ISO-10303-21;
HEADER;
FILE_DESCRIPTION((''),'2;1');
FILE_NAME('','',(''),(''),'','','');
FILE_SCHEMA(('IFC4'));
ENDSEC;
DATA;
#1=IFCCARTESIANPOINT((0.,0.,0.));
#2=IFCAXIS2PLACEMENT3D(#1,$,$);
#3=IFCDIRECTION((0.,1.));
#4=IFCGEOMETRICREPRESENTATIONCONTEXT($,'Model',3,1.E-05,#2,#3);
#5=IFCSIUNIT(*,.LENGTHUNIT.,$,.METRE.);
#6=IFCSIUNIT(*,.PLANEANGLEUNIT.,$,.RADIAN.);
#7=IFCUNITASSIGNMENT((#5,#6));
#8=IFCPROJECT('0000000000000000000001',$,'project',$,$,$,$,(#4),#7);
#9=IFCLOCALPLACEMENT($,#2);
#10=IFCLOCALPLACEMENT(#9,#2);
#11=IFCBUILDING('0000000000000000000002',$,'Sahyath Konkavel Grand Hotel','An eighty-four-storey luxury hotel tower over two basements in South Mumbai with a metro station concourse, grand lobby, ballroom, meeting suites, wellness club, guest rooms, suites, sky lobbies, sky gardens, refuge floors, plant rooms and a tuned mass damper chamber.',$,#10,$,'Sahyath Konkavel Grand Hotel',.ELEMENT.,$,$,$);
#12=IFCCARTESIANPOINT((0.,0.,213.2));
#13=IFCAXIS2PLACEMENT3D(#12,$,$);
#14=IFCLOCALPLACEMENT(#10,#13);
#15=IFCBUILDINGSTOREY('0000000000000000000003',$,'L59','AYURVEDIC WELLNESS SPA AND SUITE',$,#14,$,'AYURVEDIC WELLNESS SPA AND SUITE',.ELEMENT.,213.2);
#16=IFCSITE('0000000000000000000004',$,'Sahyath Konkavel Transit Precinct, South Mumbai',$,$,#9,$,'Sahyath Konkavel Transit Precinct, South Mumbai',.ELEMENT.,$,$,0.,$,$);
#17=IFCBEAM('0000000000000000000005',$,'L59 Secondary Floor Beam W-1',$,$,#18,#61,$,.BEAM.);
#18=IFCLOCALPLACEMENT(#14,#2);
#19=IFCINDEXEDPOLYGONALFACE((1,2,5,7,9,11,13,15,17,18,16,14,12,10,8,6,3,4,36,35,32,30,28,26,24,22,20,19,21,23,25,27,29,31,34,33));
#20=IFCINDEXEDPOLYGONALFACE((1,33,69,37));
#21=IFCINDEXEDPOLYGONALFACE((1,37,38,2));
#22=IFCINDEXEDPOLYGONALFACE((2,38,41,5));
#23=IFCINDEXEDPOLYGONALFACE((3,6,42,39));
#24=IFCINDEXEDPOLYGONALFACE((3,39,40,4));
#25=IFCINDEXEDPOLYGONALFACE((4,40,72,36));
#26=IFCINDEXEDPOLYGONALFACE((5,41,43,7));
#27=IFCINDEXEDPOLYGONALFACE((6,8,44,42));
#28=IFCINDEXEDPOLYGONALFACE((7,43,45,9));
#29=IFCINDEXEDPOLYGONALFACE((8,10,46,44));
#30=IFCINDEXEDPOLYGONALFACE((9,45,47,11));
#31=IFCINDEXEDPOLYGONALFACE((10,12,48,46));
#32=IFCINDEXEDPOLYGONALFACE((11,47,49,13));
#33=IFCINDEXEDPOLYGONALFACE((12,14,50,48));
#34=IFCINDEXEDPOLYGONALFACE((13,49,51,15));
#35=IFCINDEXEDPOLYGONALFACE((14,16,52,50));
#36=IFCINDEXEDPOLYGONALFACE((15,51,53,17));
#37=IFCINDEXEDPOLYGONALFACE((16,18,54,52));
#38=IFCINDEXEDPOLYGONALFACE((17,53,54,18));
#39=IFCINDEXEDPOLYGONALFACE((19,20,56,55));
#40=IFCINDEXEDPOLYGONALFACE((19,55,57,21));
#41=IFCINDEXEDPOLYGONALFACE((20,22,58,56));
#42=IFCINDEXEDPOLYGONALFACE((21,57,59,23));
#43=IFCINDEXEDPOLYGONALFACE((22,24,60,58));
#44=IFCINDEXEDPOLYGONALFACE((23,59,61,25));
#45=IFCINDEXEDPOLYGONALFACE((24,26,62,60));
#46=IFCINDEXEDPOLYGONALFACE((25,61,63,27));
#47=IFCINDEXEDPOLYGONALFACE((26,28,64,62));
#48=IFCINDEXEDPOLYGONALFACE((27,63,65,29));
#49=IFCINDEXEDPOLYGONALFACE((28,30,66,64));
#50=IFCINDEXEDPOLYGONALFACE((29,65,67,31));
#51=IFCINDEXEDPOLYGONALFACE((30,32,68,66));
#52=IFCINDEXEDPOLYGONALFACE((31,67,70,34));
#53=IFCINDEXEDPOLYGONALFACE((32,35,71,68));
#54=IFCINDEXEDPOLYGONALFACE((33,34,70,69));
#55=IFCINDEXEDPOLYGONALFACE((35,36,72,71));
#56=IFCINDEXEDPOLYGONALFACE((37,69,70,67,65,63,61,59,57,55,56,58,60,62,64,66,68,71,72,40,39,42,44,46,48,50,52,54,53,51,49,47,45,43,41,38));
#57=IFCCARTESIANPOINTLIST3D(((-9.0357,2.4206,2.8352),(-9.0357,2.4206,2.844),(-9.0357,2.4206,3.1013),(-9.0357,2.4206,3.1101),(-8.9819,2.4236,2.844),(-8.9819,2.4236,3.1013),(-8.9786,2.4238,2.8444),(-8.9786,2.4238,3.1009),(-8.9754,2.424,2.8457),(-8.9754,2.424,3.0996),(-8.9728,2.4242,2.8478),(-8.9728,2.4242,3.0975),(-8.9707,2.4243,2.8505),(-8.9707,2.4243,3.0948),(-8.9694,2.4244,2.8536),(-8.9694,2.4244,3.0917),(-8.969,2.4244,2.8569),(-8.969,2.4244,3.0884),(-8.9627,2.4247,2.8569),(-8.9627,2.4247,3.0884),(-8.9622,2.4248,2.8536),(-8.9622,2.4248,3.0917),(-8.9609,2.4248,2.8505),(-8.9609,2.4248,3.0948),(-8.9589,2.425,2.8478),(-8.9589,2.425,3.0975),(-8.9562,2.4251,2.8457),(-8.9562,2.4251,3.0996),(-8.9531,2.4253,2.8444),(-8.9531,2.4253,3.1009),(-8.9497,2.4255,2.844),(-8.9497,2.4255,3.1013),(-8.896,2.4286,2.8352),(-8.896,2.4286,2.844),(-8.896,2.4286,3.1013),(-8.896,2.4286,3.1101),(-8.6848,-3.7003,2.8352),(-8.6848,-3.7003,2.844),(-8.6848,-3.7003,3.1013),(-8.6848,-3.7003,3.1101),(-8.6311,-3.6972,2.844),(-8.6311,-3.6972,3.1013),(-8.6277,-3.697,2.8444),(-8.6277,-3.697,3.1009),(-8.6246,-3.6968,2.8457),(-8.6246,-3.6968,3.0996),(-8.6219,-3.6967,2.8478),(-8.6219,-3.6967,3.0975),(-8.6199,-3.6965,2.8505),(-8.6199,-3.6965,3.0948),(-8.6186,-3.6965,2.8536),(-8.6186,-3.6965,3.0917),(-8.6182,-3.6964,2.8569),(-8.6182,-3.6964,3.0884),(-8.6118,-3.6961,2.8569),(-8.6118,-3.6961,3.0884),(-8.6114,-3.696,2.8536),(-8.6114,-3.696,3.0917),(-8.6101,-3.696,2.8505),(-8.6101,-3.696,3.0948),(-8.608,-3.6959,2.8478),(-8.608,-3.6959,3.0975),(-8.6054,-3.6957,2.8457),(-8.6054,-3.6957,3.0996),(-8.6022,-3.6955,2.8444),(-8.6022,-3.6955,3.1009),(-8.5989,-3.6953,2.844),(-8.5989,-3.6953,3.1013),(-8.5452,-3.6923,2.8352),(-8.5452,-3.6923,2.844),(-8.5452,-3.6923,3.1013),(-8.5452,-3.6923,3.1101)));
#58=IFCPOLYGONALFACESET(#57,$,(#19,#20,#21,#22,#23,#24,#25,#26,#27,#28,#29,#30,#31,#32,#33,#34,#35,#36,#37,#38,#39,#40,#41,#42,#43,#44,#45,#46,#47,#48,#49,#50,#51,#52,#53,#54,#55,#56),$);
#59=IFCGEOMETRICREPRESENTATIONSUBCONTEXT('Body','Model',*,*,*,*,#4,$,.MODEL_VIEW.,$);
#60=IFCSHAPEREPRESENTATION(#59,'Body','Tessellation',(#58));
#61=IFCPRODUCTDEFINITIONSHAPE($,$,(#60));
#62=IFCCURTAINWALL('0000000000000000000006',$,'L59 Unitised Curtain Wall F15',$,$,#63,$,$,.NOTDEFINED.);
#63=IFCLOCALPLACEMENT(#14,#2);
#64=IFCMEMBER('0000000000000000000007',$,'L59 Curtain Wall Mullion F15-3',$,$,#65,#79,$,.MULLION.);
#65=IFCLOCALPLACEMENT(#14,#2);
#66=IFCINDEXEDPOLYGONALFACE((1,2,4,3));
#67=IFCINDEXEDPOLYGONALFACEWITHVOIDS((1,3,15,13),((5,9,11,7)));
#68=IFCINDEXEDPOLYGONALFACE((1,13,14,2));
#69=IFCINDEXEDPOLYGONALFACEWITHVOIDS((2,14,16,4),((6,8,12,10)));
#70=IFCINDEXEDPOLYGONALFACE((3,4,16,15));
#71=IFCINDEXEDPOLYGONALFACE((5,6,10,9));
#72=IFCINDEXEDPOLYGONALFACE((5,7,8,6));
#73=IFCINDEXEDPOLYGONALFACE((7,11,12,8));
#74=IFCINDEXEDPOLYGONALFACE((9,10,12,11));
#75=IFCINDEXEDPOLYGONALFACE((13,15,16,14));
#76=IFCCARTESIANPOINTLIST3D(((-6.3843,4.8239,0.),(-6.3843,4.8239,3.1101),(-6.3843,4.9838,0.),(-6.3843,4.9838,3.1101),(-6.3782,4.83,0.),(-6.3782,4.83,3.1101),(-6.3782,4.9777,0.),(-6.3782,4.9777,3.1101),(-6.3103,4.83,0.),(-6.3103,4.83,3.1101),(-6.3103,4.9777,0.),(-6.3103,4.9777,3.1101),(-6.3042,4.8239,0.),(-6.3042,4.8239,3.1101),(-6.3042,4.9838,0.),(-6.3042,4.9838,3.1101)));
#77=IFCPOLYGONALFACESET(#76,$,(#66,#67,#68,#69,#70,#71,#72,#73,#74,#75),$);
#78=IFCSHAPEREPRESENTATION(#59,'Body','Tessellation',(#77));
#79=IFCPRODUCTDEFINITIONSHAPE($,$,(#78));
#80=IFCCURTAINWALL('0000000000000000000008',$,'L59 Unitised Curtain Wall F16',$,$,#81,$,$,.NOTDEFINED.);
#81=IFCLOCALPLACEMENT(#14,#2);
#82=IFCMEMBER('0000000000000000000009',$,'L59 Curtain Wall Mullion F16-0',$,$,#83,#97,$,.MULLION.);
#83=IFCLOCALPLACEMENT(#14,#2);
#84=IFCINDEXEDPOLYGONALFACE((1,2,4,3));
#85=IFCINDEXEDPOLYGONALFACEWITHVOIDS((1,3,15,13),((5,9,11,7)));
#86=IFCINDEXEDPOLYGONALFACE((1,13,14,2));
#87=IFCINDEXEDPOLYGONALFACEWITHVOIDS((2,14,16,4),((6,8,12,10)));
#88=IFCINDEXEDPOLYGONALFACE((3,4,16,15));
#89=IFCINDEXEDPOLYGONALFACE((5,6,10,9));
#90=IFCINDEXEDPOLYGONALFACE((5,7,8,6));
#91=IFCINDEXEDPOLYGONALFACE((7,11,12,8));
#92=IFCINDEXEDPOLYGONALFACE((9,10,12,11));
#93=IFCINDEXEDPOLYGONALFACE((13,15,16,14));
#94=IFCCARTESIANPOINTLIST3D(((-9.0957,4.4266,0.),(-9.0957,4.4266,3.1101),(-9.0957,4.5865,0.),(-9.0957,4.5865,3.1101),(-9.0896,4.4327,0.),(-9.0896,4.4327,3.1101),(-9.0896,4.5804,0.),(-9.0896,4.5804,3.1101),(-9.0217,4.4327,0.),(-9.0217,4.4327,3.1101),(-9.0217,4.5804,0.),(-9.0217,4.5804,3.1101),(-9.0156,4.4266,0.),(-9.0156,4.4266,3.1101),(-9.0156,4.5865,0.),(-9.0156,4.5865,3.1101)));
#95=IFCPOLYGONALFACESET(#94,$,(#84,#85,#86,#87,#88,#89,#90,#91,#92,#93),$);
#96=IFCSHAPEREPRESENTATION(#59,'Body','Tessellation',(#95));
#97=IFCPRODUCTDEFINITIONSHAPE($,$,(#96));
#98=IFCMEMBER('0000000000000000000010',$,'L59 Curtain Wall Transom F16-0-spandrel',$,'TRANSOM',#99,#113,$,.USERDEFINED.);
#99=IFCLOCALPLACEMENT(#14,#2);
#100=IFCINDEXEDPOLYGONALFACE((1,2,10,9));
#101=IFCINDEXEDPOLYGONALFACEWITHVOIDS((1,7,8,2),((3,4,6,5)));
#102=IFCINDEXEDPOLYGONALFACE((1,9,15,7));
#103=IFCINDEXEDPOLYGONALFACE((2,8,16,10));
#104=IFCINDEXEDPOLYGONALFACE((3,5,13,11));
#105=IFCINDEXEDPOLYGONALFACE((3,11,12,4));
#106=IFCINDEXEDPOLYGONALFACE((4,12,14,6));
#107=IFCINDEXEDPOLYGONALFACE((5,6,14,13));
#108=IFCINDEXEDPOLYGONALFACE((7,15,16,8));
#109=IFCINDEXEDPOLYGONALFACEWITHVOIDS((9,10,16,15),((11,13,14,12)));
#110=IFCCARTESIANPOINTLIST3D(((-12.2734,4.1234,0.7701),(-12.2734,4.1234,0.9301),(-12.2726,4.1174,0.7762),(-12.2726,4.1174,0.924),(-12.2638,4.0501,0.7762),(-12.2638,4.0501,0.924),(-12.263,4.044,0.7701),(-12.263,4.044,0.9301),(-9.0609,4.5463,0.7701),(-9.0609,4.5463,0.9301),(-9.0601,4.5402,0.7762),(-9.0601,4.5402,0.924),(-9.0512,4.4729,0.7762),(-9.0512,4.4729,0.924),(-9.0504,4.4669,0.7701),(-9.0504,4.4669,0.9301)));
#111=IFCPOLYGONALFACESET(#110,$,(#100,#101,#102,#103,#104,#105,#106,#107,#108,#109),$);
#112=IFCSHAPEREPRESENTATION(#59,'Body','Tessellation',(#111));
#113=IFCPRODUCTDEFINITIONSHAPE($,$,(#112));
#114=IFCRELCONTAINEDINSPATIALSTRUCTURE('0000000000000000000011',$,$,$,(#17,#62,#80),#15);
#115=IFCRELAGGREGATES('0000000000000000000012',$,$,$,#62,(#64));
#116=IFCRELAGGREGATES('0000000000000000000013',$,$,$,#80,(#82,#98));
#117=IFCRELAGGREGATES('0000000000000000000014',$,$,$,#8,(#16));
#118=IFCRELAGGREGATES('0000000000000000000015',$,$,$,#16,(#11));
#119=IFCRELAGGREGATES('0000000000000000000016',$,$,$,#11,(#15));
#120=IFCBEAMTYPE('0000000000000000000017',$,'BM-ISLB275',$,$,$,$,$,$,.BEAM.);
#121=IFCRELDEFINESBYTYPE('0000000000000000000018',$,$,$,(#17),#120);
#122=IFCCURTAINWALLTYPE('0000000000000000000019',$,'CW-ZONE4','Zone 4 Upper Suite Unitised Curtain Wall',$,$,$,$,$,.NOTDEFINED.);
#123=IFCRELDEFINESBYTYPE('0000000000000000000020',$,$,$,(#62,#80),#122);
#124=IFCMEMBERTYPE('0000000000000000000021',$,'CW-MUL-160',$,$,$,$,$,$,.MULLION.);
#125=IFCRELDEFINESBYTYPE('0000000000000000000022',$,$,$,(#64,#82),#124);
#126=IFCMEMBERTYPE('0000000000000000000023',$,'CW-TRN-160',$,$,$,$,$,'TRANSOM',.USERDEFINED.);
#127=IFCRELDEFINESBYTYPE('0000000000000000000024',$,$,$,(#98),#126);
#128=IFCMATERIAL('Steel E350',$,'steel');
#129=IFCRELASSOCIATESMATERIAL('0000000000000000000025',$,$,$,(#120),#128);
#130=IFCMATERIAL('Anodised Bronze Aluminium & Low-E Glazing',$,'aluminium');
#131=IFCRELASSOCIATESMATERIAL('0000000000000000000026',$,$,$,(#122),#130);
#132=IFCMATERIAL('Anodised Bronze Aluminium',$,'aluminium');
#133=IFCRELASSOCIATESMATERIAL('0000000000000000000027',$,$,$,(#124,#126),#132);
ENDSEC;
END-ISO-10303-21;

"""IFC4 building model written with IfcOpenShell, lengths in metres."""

from ifc_helpers import new_model, si_unit, direction, frame, origin, origin_2d, place, context, subcontext, project, spatial, hollow_rectangle, i_section, extrude, source, transform, mapped, material, material_profile, profile_set, type_object, element, aggregate, save


model = new_model("IFC4")

# Units and contexts
model_context = context("Model", 3, precision=1e-05, world=origin(), true_north=direction((0.0, 1.0)))
body_context = subcontext(model_context, "Body", "Model", "MODEL_VIEW")
ifc_project = project(units=[si_unit("LENGTHUNIT", "METRE"), si_unit("PLANEANGLEUNIT", "RADIAN")], contexts=[model_context])

# Site, building, storey
site_placement = place(None, origin())
site = spatial("IfcSite", under=ifc_project, at=site_placement, Name="Sahyath Konkavel Transit Precinct, South Mumbai", LongName="Sahyath Konkavel Transit Precinct, South Mumbai", CompositionType="ELEMENT", RefElevation=0.0)
building_placement = place(site_placement, origin())
building = spatial("IfcBuilding", under=site, at=building_placement, Name="Sahyath Konkavel Grand Hotel", Description="An eighty-four-storey luxury hotel tower over two basements in South Mumbai with a metro station concourse, grand lobby, ballroom, meeting suites, wellness club, guest rooms, suites, sky lobbies, sky gardens, refuge floors, plant rooms and a tuned mass damper chamber.", LongName="Sahyath Konkavel Grand Hotel", CompositionType="ELEMENT")
storey_placement = place(building_placement, frame((0.0, 0.0, 213.2)))
storey = spatial("IfcBuildingStorey", under=building, at=storey_placement, Name="L59", Description="AYURVEDIC WELLNESS SPA AND SUITE", LongName="AYURVEDIC WELLNESS SPA AND SUITE", CompositionType="ELEMENT", Elevation=213.2)

# Beam
ifc_material_1 = material(Name="Steel E350", Category="steel")
ifc_material_profile_1 = material_profile(ifc_material_1, i_section(OverallWidth=0.1399, OverallDepth=0.2749, WebThickness=0.0063, FlangeThickness=0.0088, FilletRadius=0.0129, at=origin_2d()), Name="ISLB 275")
ifc_profile_set_1 = profile_set([ifc_material_profile_1], Name="Steel E350")
beam_type_1 = type_object("IfcBeamType", Name="BM-ISLB275", PredefinedType="BEAM", material=ifc_profile_set_1)
shared_shape_1 = source(origin(), body_context, "Body", "SweptSolid", [
    extrude(i_section(OverallWidth=0.1399, OverallDepth=0.2749, WebThickness=0.0063, FlangeThickness=0.0088, FilletRadius=0.0129, at=origin_2d()), origin(), (0.0, 0.0, 1.0), 6.1309),
])
beam_1_placement = place(storey_placement, frame((-8.9658, 2.4246, 2.9727), z_axis=(0.057223, -0.998361, 0.0), x_axis=(0.998361, 0.057223, 0.0)))
element("IfcBeam", 1, at=beam_1_placement, inside=storey, type_object=beam_type_1, Name="L59 Secondary Floor Beam W-1", PredefinedType="BEAM", context=body_context, shape_type="MappedRepresentation", body=[
    mapped(shared_shape_1, transform((0.0, 0.0, 0.0), scale=1.0)),
])

# Curtain wall, member
ifc_material_2 = material(Name="Anodised Bronze Aluminium & Low-E Glazing", Category="aluminium")
curtain_wall_type = type_object("IfcCurtainWallType", Name="CW-ZONE4", Description="Zone 4 Upper Suite Unitised Curtain Wall", PredefinedType="NOTDEFINED", material=ifc_material_2)
curtain_wall_1_placement = place(storey_placement, origin())
curtain_wall_1 = element("IfcCurtainWall", 2, at=curtain_wall_1_placement, inside=storey, type_object=curtain_wall_type, Name="L59 Unitised Curtain Wall F15", PredefinedType="NOTDEFINED")
ifc_material_3 = material(Name="Anodised Bronze Aluminium", Category="aluminium")
ifc_material_profile_2 = material_profile(ifc_material_3, hollow_rectangle(XDim=0.0801, YDim=0.1599, WallThickness=0.0061, at=origin_2d()), Name="RHS 160x80x6")
ifc_profile_set_2 = profile_set([ifc_material_profile_2], Name="Anodised Bronze Aluminium")
member_type_1 = type_object("IfcMemberType", Name="CW-MUL-160", PredefinedType="MULLION", material=ifc_profile_set_2)
shared_shape_2 = source(origin(), body_context, "Body", "SweptSolid", [
    extrude(hollow_rectangle(XDim=0.0801, YDim=0.1599, WallThickness=0.0061, at=origin_2d()), origin(), (0.0, 0.0, 1.0), 3.1101),
])
member_1_placement = place(storey_placement, frame((-6.3442, 4.9038, 0.0), z_axis=(0.0, 0.0, 1.0), x_axis=(1.0, 0.0, 0.0)))
member_1 = element("IfcMember", 3, at=member_1_placement, type_object=member_type_1, Name="L59 Curtain Wall Mullion F15-3", PredefinedType="MULLION", context=body_context, shape_type="MappedRepresentation", body=[
    mapped(shared_shape_2, transform((0.0, 0.0, 0.0), scale=1.0)),
])
aggregate(curtain_wall_1, [member_1])

# Curtain wall, members
curtain_wall_2_placement = place(storey_placement, origin())
curtain_wall_2 = element("IfcCurtainWall", 4, at=curtain_wall_2_placement, inside=storey, type_object=curtain_wall_type, Name="L59 Unitised Curtain Wall F16", PredefinedType="NOTDEFINED")
member_2_placement = place(storey_placement, frame((-9.0557, 4.5066, 0.0), z_axis=(0.0, 0.0, 1.0), x_axis=(1.0, 0.0, 0.0)))
member_2 = element("IfcMember", 5, at=member_2_placement, type_object=member_type_1, Name="L59 Curtain Wall Mullion F16-0", PredefinedType="MULLION", context=body_context, shape_type="MappedRepresentation", body=[
    mapped(shared_shape_2, transform((0.0, 0.0, 0.0), scale=1.0)),
])
ifc_material_profile_3 = material_profile(ifc_material_3, hollow_rectangle(XDim=0.0801, YDim=0.1599, WallThickness=0.0061, at=origin_2d()), Name="RHS 160x80x6")
ifc_profile_set_3 = profile_set([ifc_material_profile_3], Name="Anodised Bronze Aluminium")
member_type_2 = type_object("IfcMemberType", Name="CW-TRN-160", ElementType="TRANSOM", PredefinedType="USERDEFINED", material=ifc_profile_set_3)
shared_shape_3 = source(origin(), body_context, "Body", "SweptSolid", [
    extrude(hollow_rectangle(XDim=0.0801, YDim=0.1599, WallThickness=0.0061, at=origin_2d()), origin(), (0.0, 0.0, 1.0), 3.2402),
])
member_3_placement = place(storey_placement, frame((-9.0557, 4.5066, 0.8501), z_axis=(-0.991448, -0.130505, 0.0), x_axis=(0.130505, -0.991448, 0.0)))
member_3 = element("IfcMember", 6, at=member_3_placement, type_object=member_type_2, Name="L59 Curtain Wall Transom F16-0-spandrel", ObjectType="TRANSOM", PredefinedType="USERDEFINED", context=body_context, shape_type="MappedRepresentation", body=[
    mapped(shared_shape_3, transform((0.0, 0.0, 0.0), scale=1.0)),
])

aggregate(curtain_wall_2, [member_2, member_3])

save(model, "model.ifc")
